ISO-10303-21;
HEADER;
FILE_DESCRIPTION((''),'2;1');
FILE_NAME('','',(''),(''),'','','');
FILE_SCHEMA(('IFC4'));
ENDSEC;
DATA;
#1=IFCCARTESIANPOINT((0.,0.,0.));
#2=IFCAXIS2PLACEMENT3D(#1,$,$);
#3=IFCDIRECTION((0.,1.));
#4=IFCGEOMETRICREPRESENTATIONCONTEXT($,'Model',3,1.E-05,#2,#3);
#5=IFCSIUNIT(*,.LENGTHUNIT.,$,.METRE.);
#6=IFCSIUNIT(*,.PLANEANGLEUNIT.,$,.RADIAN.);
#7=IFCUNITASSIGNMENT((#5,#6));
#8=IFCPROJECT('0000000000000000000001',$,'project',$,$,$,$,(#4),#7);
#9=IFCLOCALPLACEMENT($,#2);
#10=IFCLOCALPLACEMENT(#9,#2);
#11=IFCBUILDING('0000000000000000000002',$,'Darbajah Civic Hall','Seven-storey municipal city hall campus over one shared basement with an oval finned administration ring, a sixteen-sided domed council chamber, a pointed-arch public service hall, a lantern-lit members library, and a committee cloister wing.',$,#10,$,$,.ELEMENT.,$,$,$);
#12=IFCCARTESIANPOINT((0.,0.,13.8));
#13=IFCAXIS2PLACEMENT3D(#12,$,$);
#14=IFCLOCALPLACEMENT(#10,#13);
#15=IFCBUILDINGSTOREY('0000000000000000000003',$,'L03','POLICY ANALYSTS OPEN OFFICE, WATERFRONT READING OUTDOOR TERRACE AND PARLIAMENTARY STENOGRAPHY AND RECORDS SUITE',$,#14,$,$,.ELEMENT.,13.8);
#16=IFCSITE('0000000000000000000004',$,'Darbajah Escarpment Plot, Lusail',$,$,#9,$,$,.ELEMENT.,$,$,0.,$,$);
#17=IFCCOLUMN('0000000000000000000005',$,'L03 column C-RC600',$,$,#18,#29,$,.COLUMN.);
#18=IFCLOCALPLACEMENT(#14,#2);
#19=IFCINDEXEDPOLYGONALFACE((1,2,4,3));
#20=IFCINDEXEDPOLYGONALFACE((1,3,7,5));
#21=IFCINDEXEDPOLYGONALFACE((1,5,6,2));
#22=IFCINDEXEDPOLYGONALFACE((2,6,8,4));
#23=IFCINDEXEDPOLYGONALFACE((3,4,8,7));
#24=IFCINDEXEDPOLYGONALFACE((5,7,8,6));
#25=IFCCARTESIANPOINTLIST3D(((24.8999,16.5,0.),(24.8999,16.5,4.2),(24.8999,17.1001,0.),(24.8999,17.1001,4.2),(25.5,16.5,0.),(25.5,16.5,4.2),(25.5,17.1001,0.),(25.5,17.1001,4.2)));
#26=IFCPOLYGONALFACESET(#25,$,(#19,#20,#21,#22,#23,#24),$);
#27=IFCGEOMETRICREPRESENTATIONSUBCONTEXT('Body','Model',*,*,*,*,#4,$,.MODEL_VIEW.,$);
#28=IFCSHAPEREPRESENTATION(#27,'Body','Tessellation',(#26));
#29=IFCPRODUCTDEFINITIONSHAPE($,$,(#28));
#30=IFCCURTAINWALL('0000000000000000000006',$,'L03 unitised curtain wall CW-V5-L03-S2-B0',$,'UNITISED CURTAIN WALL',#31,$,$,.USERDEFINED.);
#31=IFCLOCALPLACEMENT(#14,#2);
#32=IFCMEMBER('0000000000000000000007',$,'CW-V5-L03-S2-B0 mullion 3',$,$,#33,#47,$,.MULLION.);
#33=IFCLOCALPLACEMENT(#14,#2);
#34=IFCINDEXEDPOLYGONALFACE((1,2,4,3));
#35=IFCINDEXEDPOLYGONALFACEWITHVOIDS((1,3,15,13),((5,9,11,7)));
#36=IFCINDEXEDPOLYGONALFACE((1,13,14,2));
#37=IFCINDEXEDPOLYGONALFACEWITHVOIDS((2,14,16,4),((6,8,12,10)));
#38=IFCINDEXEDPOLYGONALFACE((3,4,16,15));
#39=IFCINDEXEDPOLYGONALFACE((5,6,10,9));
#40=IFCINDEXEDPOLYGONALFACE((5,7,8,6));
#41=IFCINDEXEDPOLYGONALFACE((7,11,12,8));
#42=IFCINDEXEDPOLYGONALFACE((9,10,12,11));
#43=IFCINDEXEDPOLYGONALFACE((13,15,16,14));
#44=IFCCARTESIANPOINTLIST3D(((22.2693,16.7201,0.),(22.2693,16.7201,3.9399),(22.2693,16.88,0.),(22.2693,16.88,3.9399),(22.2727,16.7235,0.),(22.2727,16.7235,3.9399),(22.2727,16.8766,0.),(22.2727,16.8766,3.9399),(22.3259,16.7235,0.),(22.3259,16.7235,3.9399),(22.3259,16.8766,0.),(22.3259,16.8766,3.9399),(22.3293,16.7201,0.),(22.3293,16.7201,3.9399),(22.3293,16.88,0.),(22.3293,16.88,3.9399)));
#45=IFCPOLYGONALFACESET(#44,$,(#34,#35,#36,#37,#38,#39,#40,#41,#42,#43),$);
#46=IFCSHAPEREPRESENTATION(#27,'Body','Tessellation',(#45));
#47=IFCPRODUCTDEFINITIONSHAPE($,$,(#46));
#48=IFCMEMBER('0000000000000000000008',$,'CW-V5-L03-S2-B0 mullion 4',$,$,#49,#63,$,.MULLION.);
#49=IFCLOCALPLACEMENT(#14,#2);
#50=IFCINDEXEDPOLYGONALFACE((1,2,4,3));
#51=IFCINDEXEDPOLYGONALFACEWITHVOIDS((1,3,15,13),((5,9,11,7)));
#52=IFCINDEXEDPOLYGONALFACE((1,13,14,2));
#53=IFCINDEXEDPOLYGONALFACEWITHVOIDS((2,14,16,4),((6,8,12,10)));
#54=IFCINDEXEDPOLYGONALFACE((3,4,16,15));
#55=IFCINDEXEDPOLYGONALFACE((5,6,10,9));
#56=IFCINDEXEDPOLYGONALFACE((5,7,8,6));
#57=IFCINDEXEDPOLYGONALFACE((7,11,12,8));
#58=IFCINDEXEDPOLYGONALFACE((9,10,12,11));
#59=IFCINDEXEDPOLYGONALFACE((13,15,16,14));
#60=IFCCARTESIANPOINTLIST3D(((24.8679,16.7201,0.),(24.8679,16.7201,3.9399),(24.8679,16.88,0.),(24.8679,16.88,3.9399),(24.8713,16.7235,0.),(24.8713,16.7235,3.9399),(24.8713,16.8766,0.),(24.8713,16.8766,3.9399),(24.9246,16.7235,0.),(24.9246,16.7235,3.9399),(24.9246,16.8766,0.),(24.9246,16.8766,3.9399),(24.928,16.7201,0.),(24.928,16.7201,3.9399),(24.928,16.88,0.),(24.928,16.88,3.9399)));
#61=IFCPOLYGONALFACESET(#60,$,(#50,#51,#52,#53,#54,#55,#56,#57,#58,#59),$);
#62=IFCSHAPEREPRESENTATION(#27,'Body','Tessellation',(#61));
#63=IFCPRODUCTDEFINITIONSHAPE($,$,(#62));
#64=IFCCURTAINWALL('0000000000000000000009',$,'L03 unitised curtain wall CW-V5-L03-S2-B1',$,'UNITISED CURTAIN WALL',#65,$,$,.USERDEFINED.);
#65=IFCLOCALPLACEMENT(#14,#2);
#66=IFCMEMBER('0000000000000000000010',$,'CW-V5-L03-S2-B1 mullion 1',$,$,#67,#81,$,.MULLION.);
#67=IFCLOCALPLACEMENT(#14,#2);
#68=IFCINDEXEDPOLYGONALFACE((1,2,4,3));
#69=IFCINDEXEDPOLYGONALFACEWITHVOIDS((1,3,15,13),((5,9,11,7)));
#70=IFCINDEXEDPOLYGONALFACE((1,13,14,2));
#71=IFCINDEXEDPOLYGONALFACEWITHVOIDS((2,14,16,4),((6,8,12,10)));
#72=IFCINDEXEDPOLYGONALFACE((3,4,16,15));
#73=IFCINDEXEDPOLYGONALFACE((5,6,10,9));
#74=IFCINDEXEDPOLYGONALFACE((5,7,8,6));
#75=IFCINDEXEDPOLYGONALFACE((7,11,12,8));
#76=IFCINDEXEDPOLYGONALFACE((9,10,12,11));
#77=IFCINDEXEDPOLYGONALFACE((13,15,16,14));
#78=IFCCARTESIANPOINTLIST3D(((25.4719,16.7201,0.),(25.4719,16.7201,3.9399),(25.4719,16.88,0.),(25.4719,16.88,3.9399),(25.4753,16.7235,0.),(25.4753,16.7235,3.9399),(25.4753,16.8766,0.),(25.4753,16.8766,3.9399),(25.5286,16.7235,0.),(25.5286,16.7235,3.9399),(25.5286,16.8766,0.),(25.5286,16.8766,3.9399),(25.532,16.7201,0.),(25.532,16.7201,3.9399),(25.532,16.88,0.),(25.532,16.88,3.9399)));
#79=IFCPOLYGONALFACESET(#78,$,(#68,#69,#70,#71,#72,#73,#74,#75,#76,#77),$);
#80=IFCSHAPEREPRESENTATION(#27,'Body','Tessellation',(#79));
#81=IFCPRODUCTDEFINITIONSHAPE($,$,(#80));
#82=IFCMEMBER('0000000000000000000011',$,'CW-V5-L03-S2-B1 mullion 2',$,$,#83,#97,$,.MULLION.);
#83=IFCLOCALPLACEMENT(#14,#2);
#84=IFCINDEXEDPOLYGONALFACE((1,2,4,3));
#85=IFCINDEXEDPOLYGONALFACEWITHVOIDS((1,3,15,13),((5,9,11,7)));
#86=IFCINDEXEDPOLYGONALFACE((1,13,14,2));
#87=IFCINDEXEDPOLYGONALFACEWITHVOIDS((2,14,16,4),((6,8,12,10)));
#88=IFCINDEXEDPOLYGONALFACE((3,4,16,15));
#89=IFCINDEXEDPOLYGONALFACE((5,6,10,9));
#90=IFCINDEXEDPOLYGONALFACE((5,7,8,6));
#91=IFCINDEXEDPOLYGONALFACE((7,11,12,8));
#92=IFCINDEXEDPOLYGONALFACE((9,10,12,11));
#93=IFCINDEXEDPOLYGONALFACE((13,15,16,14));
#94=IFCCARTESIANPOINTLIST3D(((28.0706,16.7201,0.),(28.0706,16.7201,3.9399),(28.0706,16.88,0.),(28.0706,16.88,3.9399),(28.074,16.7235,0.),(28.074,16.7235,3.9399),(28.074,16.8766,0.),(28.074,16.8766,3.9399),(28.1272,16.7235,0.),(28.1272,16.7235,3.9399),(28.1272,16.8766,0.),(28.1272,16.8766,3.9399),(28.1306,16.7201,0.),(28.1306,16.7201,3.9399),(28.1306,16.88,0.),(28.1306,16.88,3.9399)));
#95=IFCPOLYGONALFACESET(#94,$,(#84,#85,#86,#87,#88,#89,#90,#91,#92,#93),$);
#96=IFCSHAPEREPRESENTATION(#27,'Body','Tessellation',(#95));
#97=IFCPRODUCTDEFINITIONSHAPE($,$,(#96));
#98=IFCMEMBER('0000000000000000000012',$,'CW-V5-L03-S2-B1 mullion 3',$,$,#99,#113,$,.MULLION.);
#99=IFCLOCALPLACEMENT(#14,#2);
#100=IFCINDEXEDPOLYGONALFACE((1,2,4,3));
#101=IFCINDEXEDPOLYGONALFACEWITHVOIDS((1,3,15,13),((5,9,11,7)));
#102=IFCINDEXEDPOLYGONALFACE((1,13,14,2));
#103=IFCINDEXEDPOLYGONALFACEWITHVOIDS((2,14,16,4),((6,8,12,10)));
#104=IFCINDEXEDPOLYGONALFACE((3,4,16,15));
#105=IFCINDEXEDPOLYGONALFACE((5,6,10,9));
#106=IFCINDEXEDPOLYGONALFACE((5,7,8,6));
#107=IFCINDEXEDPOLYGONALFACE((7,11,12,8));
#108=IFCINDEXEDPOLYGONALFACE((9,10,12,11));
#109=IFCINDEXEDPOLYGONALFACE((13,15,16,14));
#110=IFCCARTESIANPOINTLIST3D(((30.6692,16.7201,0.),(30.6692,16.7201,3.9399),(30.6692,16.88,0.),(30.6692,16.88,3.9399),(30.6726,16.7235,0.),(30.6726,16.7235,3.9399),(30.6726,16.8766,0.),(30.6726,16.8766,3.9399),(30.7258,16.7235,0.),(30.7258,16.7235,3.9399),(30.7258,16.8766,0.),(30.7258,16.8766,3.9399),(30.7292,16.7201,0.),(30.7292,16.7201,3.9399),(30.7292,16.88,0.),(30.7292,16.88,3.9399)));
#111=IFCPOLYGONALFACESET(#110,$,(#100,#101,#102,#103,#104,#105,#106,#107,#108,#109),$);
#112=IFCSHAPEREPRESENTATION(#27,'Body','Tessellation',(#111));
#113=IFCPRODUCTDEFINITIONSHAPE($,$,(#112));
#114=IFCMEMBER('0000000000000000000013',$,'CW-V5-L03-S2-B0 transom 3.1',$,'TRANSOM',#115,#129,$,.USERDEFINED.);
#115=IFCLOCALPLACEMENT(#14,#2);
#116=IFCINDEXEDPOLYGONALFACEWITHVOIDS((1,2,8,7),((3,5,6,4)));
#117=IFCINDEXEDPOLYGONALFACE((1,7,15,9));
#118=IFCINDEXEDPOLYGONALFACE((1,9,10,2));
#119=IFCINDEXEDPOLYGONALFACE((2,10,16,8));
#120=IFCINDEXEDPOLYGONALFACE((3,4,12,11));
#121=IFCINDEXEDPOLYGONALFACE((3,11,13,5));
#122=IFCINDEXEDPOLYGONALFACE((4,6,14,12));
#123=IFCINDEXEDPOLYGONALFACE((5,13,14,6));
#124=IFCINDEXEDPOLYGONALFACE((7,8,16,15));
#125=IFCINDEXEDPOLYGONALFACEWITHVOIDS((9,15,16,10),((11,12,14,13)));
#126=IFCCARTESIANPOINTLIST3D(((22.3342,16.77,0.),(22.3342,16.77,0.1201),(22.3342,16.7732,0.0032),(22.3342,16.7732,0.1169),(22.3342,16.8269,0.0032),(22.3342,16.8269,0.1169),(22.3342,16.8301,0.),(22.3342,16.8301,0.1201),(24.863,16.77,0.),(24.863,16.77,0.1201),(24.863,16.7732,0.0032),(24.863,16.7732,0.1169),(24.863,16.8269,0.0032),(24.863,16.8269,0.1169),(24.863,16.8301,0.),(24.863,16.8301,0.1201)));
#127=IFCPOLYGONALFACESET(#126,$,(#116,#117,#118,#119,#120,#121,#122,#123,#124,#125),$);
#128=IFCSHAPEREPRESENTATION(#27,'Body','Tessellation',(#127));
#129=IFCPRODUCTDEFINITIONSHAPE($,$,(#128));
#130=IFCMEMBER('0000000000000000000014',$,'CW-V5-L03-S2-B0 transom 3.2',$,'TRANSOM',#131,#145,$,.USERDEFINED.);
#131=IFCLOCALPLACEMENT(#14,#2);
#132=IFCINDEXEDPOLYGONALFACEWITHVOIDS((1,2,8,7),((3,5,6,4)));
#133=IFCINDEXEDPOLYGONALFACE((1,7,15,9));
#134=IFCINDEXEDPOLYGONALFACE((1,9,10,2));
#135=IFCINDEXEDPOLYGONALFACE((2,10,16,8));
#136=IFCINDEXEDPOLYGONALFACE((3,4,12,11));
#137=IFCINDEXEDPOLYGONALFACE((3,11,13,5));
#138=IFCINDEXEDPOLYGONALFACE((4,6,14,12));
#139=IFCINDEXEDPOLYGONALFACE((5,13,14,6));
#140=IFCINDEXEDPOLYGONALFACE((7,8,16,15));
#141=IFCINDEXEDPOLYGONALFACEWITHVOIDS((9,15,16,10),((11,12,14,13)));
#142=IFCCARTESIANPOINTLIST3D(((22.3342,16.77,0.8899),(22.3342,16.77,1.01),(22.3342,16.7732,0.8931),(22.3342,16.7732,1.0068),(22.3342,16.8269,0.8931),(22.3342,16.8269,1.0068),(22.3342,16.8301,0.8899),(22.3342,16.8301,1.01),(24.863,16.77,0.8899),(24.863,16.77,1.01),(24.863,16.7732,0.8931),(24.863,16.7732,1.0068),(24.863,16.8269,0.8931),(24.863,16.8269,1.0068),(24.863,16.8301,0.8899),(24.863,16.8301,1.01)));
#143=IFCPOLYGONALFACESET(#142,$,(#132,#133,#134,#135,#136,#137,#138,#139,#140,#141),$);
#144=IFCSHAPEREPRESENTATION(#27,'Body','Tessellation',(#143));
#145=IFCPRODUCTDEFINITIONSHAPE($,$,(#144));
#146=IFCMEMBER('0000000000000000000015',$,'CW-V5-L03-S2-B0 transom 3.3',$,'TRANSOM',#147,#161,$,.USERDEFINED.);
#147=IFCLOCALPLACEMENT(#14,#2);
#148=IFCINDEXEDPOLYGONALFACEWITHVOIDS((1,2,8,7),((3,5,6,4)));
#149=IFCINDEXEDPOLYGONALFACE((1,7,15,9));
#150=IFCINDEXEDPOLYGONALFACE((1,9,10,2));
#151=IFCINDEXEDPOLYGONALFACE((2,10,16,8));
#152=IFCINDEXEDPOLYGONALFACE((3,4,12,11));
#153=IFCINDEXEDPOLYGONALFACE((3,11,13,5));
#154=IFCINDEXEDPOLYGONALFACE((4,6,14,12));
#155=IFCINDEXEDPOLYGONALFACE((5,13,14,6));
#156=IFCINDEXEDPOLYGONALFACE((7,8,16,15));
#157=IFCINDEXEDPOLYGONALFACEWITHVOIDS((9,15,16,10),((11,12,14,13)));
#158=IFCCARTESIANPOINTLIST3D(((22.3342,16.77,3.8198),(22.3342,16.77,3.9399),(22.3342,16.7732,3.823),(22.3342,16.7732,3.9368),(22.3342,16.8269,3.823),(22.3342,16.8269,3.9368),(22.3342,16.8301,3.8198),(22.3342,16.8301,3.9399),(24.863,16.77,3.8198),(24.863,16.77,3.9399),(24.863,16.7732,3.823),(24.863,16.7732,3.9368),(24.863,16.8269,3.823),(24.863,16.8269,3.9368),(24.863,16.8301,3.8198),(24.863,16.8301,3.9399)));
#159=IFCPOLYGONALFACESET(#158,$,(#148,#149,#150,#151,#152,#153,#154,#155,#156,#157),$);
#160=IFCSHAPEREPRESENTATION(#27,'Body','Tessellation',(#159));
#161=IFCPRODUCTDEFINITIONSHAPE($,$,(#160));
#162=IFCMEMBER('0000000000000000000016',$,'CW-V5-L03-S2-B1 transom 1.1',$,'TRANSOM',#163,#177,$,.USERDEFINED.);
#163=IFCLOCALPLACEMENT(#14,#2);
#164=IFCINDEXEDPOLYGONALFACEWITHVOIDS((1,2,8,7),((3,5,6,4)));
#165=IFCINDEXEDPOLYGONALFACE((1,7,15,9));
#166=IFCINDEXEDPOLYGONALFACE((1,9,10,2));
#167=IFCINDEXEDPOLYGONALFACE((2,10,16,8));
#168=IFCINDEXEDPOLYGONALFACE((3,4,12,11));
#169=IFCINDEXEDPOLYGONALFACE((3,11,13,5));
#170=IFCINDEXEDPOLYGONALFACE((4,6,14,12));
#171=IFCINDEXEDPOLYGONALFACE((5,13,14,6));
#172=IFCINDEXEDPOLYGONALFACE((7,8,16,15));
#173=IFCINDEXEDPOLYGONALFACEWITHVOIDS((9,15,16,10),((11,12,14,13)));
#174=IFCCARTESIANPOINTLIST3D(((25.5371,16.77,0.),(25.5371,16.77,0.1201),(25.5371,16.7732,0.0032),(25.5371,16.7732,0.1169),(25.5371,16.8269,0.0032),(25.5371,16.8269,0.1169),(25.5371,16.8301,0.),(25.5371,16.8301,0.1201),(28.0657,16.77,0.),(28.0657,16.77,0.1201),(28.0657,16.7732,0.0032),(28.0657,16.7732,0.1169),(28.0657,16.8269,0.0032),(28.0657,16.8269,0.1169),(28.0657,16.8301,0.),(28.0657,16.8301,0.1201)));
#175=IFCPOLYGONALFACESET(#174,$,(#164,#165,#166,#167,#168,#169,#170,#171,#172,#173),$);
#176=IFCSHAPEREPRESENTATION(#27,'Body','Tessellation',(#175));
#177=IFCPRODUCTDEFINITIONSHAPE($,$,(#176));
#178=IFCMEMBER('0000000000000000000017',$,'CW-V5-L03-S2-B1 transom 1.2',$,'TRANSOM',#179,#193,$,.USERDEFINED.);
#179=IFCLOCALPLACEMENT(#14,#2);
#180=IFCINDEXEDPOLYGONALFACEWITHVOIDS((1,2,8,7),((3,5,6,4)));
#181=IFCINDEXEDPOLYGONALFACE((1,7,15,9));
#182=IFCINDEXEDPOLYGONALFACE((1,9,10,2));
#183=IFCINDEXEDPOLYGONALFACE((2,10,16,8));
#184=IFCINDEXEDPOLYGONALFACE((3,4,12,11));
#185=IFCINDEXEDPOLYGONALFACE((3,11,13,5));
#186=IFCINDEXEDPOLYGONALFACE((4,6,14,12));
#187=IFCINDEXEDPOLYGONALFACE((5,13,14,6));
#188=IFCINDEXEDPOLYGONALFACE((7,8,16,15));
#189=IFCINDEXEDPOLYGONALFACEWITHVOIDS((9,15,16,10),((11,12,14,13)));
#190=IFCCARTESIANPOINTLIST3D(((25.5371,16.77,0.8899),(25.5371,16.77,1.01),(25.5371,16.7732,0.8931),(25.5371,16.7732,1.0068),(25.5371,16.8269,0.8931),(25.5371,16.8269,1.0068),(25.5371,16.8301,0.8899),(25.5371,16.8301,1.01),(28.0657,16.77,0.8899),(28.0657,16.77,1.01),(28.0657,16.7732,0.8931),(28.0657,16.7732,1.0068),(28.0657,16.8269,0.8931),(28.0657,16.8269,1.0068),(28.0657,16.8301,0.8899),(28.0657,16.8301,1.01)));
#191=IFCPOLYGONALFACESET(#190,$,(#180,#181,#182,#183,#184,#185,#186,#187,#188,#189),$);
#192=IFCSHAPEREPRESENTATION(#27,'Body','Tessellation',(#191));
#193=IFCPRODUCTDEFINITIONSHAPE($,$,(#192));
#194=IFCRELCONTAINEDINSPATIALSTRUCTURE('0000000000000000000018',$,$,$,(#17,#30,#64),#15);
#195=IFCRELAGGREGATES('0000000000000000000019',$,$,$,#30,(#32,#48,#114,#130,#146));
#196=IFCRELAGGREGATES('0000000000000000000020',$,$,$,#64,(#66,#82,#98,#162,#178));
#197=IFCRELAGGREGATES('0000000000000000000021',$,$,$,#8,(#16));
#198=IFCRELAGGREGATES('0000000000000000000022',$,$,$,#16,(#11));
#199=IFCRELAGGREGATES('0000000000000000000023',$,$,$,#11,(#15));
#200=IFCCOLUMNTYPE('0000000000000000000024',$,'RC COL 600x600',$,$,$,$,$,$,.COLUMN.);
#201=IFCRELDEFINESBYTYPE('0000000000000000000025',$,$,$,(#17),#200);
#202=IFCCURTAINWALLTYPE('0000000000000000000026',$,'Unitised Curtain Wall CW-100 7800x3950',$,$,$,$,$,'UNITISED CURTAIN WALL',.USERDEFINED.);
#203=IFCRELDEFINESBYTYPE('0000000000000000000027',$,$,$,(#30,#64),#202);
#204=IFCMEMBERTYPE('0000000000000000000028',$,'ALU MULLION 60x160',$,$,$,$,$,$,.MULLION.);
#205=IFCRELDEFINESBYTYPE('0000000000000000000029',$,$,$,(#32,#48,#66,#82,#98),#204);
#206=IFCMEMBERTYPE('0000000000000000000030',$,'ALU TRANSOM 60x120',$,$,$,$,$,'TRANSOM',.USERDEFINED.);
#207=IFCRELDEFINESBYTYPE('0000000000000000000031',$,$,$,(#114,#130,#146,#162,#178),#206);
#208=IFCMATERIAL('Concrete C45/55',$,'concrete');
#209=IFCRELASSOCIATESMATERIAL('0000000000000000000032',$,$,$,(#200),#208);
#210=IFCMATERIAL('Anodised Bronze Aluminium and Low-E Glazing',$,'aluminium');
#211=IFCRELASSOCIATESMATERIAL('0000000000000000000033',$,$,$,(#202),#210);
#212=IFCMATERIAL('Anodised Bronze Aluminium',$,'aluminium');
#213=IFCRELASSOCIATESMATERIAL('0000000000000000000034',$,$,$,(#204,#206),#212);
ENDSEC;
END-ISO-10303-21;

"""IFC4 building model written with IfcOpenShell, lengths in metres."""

from ifc_helpers import new_model, si_unit, direction, frame, origin, origin_2d, place, context, subcontext, project, spatial, rectangle, hollow_rectangle, extrude, material, material_profile, profile_set, type_object, element, aggregate, save


model = new_model("IFC4")

# Units and contexts
model_context = context("Model", 3, precision=1e-05, world=origin(), true_north=direction((0.0, 1.0)))
body_context = subcontext(model_context, "Body", "Model", "MODEL_VIEW")
ifc_project = project(units=[si_unit("LENGTHUNIT", "METRE"), si_unit("PLANEANGLEUNIT", "RADIAN")], contexts=[model_context])

# Site, building, storey
site_placement = place(None, origin())
site = spatial("IfcSite", under=ifc_project, at=site_placement, Name="Darbajah Escarpment Plot, Lusail", CompositionType="ELEMENT", RefElevation=0.0)
building_placement = place(site_placement, origin())
building = spatial("IfcBuilding", under=site, at=building_placement, Name="Darbajah Civic Hall", Description="Seven-storey municipal city hall campus over one shared basement with an oval finned administration ring, a sixteen-sided domed council chamber, a pointed-arch public service hall, a lantern-lit members library, and a committee cloister wing.", CompositionType="ELEMENT")
storey_placement = place(building_placement, frame((0.0, 0.0, 13.8)))
storey = spatial("IfcBuildingStorey", under=building, at=storey_placement, Name="L03", Description="POLICY ANALYSTS OPEN OFFICE, WATERFRONT READING OUTDOOR TERRACE AND PARLIAMENTARY STENOGRAPHY AND RECORDS SUITE", CompositionType="ELEMENT", Elevation=13.8)

# Column
ifc_material_1 = material(Name="Concrete C45/55", Category="concrete")
ifc_material_profile_1 = material_profile(ifc_material_1, rectangle(XDim=0.6001, YDim=0.6001, at=origin_2d()), Name="RC COL 600x600")
ifc_profile_set_1 = profile_set([ifc_material_profile_1], Name="Concrete C45/55")
column_type = type_object("IfcColumnType", Name="RC COL 600x600", PredefinedType="COLUMN", material=ifc_profile_set_1)
column_placement = place(storey_placement, frame((25.2, 16.8, 0.0), z_axis=(0.0, 0.0, 1.0), x_axis=(1.0, 0.0, 0.0)))
element("IfcColumn", 1, at=column_placement, inside=storey, type_object=column_type, Name="L03 column C-RC600", PredefinedType="COLUMN", context=body_context, shape_type="SweptSolid", body=[
    extrude(rectangle(XDim=0.6001, YDim=0.6001, at=origin_2d()), origin(), (0.0, 0.0, 1.0), 4.2),
])

# Curtain walls, members
ifc_material_2 = material(Name="Anodised Bronze Aluminium and Low-E Glazing", Category="aluminium")
curtain_wall_type = type_object("IfcCurtainWallType", Name="Unitised Curtain Wall CW-100 7800x3950", ElementType="UNITISED CURTAIN WALL", PredefinedType="USERDEFINED", material=ifc_material_2)
curtain_wall_1_placement = place(storey_placement, origin())
curtain_wall_1 = element("IfcCurtainWall", 2, at=curtain_wall_1_placement, inside=storey, type_object=curtain_wall_type, Name="L03 unitised curtain wall CW-V5-L03-S2-B0", ObjectType="UNITISED CURTAIN WALL", PredefinedType="USERDEFINED")
ifc_material_3 = material(Name="Anodised Bronze Aluminium", Category="aluminium")
ifc_material_profile_2 = material_profile(ifc_material_3, hollow_rectangle(XDim=0.0601, YDim=0.1599, WallThickness=0.0034, at=origin_2d()), Name="ALU MULLION 60x160")
ifc_profile_set_2 = profile_set([ifc_material_profile_2], Name="Anodised Bronze Aluminium")
member_type_1 = type_object("IfcMemberType", Name="ALU MULLION 60x160", PredefinedType="MULLION", material=ifc_profile_set_2)
member_1_placement = place(storey_placement, frame((22.2993, 16.8, 0.0), z_axis=(0.0, 0.0, 1.0), x_axis=(1.0, 0.0, 0.0)))
member_1 = element("IfcMember", 3, at=member_1_placement, type_object=member_type_1, Name="CW-V5-L03-S2-B0 mullion 3", PredefinedType="MULLION", context=body_context, shape_type="SweptSolid", body=[
    extrude(hollow_rectangle(XDim=0.0601, YDim=0.1599, WallThickness=0.0034, at=origin_2d()), origin(), (0.0, 0.0, 1.0), 3.9399),
])
member_2_placement = place(storey_placement, frame((24.8979, 16.8, 0.0), z_axis=(0.0, 0.0, 1.0), x_axis=(1.0, 0.0, 0.0)))
member_2 = element("IfcMember", 4, at=member_2_placement, type_object=member_type_1, Name="CW-V5-L03-S2-B0 mullion 4", PredefinedType="MULLION", context=body_context, shape_type="SweptSolid", body=[
    extrude(hollow_rectangle(XDim=0.0601, YDim=0.1599, WallThickness=0.0034, at=origin_2d()), origin(), (0.0, 0.0, 1.0), 3.9399),
])
curtain_wall_2_placement = place(storey_placement, origin())
curtain_wall_2 = element("IfcCurtainWall", 5, at=curtain_wall_2_placement, inside=storey, type_object=curtain_wall_type, Name="L03 unitised curtain wall CW-V5-L03-S2-B1", ObjectType="UNITISED CURTAIN WALL", PredefinedType="USERDEFINED")
member_3_placement = place(storey_placement, frame((25.502, 16.8, 0.0), z_axis=(0.0, 0.0, 1.0), x_axis=(1.0, 0.0, 0.0)))
member_3 = element("IfcMember", 6, at=member_3_placement, type_object=member_type_1, Name="CW-V5-L03-S2-B1 mullion 1", PredefinedType="MULLION", context=body_context, shape_type="SweptSolid", body=[
    extrude(hollow_rectangle(XDim=0.0601, YDim=0.1599, WallThickness=0.0034, at=origin_2d()), origin(), (0.0, 0.0, 1.0), 3.9399),
])
member_4_placement = place(storey_placement, frame((28.1006, 16.8, 0.0), z_axis=(0.0, 0.0, 1.0), x_axis=(1.0, 0.0, 0.0)))
member_4 = element("IfcMember", 7, at=member_4_placement, type_object=member_type_1, Name="CW-V5-L03-S2-B1 mullion 2", PredefinedType="MULLION", context=body_context, shape_type="SweptSolid", body=[
    extrude(hollow_rectangle(XDim=0.0601, YDim=0.1599, WallThickness=0.0034, at=origin_2d()), origin(), (0.0, 0.0, 1.0), 3.9399),
])
member_5_placement = place(storey_placement, frame((30.6992, 16.8, 0.0), z_axis=(0.0, 0.0, 1.0), x_axis=(1.0, 0.0, 0.0)))
member_5 = element("IfcMember", 8, at=member_5_placement, type_object=member_type_1, Name="CW-V5-L03-S2-B1 mullion 3", PredefinedType="MULLION", context=body_context, shape_type="SweptSolid", body=[
    extrude(hollow_rectangle(XDim=0.0601, YDim=0.1599, WallThickness=0.0034, at=origin_2d()), origin(), (0.0, 0.0, 1.0), 3.9399),
])

# Members
ifc_material_profile_3 = material_profile(ifc_material_3, hollow_rectangle(XDim=0.0601, YDim=0.1201, WallThickness=0.0032, at=origin_2d()), Name="ALU TRANSOM 60x120")
ifc_profile_set_3 = profile_set([ifc_material_profile_3], Name="Anodised Bronze Aluminium")
member_type_2 = type_object("IfcMemberType", Name="ALU TRANSOM 60x120", ElementType="TRANSOM", PredefinedType="USERDEFINED", material=ifc_profile_set_3)
member_6_placement = place(storey_placement, frame((22.3342, 16.8, 0.0601), z_axis=(1.0, 0.0, 0.0), x_axis=(0.0, 1.0, 0.0)))
member_6 = element("IfcMember", 9, at=member_6_placement, type_object=member_type_2, Name="CW-V5-L03-S2-B0 transom 3.1", ObjectType="TRANSOM", PredefinedType="USERDEFINED", context=body_context, shape_type="SweptSolid", body=[
    extrude(hollow_rectangle(XDim=0.0601, YDim=0.1201, WallThickness=0.0032, at=origin_2d()), origin(), (0.0, 0.0, 1.0), 2.5288),
])
member_7_placement = place(storey_placement, frame((22.3342, 16.8, 0.95), z_axis=(1.0, 0.0, 0.0), x_axis=(0.0, 1.0, 0.0)))
member_7 = element("IfcMember", 10, at=member_7_placement, type_object=member_type_2, Name="CW-V5-L03-S2-B0 transom 3.2", ObjectType="TRANSOM", PredefinedType="USERDEFINED", context=body_context, shape_type="SweptSolid", body=[
    extrude(hollow_rectangle(XDim=0.0601, YDim=0.1201, WallThickness=0.0032, at=origin_2d()), origin(), (0.0, 0.0, 1.0), 2.5288),
])
member_8_placement = place(storey_placement, frame((22.3342, 16.8, 3.8799), z_axis=(1.0, 0.0, 0.0), x_axis=(0.0, 1.0, 0.0)))
member_8 = element("IfcMember", 11, at=member_8_placement, type_object=member_type_2, Name="CW-V5-L03-S2-B0 transom 3.3", ObjectType="TRANSOM", PredefinedType="USERDEFINED", context=body_context, shape_type="SweptSolid", body=[
    extrude(hollow_rectangle(XDim=0.0601, YDim=0.1201, WallThickness=0.0032, at=origin_2d()), origin(), (0.0, 0.0, 1.0), 2.5288),
])
member_9_placement = place(storey_placement, frame((25.5371, 16.8, 0.0601), z_axis=(1.0, 0.0, 0.0), x_axis=(0.0, 1.0, 0.0)))
member_9 = element("IfcMember", 12, at=member_9_placement, type_object=member_type_2, Name="CW-V5-L03-S2-B1 transom 1.1", ObjectType="TRANSOM", PredefinedType="USERDEFINED", context=body_context, shape_type="SweptSolid", body=[
    extrude(hollow_rectangle(XDim=0.0601, YDim=0.1201, WallThickness=0.0032, at=origin_2d()), origin(), (0.0, 0.0, 1.0), 2.5286),
])
member_10_placement = place(storey_placement, frame((25.5371, 16.8, 0.95), z_axis=(1.0, 0.0, 0.0), x_axis=(0.0, 1.0, 0.0)))
member_10 = element("IfcMember", 13, at=member_10_placement, type_object=member_type_2, Name="CW-V5-L03-S2-B1 transom 1.2", ObjectType="TRANSOM", PredefinedType="USERDEFINED", context=body_context, shape_type="SweptSolid", body=[
    extrude(hollow_rectangle(XDim=0.0601, YDim=0.1201, WallThickness=0.0032, at=origin_2d()), origin(), (0.0, 0.0, 1.0), 2.5286),
])

aggregate(curtain_wall_1, [member_1, member_2, member_6, member_7, member_8])
aggregate(curtain_wall_2, [member_3, member_4, member_5, member_9, member_10])

save(model, "model.ifc")
